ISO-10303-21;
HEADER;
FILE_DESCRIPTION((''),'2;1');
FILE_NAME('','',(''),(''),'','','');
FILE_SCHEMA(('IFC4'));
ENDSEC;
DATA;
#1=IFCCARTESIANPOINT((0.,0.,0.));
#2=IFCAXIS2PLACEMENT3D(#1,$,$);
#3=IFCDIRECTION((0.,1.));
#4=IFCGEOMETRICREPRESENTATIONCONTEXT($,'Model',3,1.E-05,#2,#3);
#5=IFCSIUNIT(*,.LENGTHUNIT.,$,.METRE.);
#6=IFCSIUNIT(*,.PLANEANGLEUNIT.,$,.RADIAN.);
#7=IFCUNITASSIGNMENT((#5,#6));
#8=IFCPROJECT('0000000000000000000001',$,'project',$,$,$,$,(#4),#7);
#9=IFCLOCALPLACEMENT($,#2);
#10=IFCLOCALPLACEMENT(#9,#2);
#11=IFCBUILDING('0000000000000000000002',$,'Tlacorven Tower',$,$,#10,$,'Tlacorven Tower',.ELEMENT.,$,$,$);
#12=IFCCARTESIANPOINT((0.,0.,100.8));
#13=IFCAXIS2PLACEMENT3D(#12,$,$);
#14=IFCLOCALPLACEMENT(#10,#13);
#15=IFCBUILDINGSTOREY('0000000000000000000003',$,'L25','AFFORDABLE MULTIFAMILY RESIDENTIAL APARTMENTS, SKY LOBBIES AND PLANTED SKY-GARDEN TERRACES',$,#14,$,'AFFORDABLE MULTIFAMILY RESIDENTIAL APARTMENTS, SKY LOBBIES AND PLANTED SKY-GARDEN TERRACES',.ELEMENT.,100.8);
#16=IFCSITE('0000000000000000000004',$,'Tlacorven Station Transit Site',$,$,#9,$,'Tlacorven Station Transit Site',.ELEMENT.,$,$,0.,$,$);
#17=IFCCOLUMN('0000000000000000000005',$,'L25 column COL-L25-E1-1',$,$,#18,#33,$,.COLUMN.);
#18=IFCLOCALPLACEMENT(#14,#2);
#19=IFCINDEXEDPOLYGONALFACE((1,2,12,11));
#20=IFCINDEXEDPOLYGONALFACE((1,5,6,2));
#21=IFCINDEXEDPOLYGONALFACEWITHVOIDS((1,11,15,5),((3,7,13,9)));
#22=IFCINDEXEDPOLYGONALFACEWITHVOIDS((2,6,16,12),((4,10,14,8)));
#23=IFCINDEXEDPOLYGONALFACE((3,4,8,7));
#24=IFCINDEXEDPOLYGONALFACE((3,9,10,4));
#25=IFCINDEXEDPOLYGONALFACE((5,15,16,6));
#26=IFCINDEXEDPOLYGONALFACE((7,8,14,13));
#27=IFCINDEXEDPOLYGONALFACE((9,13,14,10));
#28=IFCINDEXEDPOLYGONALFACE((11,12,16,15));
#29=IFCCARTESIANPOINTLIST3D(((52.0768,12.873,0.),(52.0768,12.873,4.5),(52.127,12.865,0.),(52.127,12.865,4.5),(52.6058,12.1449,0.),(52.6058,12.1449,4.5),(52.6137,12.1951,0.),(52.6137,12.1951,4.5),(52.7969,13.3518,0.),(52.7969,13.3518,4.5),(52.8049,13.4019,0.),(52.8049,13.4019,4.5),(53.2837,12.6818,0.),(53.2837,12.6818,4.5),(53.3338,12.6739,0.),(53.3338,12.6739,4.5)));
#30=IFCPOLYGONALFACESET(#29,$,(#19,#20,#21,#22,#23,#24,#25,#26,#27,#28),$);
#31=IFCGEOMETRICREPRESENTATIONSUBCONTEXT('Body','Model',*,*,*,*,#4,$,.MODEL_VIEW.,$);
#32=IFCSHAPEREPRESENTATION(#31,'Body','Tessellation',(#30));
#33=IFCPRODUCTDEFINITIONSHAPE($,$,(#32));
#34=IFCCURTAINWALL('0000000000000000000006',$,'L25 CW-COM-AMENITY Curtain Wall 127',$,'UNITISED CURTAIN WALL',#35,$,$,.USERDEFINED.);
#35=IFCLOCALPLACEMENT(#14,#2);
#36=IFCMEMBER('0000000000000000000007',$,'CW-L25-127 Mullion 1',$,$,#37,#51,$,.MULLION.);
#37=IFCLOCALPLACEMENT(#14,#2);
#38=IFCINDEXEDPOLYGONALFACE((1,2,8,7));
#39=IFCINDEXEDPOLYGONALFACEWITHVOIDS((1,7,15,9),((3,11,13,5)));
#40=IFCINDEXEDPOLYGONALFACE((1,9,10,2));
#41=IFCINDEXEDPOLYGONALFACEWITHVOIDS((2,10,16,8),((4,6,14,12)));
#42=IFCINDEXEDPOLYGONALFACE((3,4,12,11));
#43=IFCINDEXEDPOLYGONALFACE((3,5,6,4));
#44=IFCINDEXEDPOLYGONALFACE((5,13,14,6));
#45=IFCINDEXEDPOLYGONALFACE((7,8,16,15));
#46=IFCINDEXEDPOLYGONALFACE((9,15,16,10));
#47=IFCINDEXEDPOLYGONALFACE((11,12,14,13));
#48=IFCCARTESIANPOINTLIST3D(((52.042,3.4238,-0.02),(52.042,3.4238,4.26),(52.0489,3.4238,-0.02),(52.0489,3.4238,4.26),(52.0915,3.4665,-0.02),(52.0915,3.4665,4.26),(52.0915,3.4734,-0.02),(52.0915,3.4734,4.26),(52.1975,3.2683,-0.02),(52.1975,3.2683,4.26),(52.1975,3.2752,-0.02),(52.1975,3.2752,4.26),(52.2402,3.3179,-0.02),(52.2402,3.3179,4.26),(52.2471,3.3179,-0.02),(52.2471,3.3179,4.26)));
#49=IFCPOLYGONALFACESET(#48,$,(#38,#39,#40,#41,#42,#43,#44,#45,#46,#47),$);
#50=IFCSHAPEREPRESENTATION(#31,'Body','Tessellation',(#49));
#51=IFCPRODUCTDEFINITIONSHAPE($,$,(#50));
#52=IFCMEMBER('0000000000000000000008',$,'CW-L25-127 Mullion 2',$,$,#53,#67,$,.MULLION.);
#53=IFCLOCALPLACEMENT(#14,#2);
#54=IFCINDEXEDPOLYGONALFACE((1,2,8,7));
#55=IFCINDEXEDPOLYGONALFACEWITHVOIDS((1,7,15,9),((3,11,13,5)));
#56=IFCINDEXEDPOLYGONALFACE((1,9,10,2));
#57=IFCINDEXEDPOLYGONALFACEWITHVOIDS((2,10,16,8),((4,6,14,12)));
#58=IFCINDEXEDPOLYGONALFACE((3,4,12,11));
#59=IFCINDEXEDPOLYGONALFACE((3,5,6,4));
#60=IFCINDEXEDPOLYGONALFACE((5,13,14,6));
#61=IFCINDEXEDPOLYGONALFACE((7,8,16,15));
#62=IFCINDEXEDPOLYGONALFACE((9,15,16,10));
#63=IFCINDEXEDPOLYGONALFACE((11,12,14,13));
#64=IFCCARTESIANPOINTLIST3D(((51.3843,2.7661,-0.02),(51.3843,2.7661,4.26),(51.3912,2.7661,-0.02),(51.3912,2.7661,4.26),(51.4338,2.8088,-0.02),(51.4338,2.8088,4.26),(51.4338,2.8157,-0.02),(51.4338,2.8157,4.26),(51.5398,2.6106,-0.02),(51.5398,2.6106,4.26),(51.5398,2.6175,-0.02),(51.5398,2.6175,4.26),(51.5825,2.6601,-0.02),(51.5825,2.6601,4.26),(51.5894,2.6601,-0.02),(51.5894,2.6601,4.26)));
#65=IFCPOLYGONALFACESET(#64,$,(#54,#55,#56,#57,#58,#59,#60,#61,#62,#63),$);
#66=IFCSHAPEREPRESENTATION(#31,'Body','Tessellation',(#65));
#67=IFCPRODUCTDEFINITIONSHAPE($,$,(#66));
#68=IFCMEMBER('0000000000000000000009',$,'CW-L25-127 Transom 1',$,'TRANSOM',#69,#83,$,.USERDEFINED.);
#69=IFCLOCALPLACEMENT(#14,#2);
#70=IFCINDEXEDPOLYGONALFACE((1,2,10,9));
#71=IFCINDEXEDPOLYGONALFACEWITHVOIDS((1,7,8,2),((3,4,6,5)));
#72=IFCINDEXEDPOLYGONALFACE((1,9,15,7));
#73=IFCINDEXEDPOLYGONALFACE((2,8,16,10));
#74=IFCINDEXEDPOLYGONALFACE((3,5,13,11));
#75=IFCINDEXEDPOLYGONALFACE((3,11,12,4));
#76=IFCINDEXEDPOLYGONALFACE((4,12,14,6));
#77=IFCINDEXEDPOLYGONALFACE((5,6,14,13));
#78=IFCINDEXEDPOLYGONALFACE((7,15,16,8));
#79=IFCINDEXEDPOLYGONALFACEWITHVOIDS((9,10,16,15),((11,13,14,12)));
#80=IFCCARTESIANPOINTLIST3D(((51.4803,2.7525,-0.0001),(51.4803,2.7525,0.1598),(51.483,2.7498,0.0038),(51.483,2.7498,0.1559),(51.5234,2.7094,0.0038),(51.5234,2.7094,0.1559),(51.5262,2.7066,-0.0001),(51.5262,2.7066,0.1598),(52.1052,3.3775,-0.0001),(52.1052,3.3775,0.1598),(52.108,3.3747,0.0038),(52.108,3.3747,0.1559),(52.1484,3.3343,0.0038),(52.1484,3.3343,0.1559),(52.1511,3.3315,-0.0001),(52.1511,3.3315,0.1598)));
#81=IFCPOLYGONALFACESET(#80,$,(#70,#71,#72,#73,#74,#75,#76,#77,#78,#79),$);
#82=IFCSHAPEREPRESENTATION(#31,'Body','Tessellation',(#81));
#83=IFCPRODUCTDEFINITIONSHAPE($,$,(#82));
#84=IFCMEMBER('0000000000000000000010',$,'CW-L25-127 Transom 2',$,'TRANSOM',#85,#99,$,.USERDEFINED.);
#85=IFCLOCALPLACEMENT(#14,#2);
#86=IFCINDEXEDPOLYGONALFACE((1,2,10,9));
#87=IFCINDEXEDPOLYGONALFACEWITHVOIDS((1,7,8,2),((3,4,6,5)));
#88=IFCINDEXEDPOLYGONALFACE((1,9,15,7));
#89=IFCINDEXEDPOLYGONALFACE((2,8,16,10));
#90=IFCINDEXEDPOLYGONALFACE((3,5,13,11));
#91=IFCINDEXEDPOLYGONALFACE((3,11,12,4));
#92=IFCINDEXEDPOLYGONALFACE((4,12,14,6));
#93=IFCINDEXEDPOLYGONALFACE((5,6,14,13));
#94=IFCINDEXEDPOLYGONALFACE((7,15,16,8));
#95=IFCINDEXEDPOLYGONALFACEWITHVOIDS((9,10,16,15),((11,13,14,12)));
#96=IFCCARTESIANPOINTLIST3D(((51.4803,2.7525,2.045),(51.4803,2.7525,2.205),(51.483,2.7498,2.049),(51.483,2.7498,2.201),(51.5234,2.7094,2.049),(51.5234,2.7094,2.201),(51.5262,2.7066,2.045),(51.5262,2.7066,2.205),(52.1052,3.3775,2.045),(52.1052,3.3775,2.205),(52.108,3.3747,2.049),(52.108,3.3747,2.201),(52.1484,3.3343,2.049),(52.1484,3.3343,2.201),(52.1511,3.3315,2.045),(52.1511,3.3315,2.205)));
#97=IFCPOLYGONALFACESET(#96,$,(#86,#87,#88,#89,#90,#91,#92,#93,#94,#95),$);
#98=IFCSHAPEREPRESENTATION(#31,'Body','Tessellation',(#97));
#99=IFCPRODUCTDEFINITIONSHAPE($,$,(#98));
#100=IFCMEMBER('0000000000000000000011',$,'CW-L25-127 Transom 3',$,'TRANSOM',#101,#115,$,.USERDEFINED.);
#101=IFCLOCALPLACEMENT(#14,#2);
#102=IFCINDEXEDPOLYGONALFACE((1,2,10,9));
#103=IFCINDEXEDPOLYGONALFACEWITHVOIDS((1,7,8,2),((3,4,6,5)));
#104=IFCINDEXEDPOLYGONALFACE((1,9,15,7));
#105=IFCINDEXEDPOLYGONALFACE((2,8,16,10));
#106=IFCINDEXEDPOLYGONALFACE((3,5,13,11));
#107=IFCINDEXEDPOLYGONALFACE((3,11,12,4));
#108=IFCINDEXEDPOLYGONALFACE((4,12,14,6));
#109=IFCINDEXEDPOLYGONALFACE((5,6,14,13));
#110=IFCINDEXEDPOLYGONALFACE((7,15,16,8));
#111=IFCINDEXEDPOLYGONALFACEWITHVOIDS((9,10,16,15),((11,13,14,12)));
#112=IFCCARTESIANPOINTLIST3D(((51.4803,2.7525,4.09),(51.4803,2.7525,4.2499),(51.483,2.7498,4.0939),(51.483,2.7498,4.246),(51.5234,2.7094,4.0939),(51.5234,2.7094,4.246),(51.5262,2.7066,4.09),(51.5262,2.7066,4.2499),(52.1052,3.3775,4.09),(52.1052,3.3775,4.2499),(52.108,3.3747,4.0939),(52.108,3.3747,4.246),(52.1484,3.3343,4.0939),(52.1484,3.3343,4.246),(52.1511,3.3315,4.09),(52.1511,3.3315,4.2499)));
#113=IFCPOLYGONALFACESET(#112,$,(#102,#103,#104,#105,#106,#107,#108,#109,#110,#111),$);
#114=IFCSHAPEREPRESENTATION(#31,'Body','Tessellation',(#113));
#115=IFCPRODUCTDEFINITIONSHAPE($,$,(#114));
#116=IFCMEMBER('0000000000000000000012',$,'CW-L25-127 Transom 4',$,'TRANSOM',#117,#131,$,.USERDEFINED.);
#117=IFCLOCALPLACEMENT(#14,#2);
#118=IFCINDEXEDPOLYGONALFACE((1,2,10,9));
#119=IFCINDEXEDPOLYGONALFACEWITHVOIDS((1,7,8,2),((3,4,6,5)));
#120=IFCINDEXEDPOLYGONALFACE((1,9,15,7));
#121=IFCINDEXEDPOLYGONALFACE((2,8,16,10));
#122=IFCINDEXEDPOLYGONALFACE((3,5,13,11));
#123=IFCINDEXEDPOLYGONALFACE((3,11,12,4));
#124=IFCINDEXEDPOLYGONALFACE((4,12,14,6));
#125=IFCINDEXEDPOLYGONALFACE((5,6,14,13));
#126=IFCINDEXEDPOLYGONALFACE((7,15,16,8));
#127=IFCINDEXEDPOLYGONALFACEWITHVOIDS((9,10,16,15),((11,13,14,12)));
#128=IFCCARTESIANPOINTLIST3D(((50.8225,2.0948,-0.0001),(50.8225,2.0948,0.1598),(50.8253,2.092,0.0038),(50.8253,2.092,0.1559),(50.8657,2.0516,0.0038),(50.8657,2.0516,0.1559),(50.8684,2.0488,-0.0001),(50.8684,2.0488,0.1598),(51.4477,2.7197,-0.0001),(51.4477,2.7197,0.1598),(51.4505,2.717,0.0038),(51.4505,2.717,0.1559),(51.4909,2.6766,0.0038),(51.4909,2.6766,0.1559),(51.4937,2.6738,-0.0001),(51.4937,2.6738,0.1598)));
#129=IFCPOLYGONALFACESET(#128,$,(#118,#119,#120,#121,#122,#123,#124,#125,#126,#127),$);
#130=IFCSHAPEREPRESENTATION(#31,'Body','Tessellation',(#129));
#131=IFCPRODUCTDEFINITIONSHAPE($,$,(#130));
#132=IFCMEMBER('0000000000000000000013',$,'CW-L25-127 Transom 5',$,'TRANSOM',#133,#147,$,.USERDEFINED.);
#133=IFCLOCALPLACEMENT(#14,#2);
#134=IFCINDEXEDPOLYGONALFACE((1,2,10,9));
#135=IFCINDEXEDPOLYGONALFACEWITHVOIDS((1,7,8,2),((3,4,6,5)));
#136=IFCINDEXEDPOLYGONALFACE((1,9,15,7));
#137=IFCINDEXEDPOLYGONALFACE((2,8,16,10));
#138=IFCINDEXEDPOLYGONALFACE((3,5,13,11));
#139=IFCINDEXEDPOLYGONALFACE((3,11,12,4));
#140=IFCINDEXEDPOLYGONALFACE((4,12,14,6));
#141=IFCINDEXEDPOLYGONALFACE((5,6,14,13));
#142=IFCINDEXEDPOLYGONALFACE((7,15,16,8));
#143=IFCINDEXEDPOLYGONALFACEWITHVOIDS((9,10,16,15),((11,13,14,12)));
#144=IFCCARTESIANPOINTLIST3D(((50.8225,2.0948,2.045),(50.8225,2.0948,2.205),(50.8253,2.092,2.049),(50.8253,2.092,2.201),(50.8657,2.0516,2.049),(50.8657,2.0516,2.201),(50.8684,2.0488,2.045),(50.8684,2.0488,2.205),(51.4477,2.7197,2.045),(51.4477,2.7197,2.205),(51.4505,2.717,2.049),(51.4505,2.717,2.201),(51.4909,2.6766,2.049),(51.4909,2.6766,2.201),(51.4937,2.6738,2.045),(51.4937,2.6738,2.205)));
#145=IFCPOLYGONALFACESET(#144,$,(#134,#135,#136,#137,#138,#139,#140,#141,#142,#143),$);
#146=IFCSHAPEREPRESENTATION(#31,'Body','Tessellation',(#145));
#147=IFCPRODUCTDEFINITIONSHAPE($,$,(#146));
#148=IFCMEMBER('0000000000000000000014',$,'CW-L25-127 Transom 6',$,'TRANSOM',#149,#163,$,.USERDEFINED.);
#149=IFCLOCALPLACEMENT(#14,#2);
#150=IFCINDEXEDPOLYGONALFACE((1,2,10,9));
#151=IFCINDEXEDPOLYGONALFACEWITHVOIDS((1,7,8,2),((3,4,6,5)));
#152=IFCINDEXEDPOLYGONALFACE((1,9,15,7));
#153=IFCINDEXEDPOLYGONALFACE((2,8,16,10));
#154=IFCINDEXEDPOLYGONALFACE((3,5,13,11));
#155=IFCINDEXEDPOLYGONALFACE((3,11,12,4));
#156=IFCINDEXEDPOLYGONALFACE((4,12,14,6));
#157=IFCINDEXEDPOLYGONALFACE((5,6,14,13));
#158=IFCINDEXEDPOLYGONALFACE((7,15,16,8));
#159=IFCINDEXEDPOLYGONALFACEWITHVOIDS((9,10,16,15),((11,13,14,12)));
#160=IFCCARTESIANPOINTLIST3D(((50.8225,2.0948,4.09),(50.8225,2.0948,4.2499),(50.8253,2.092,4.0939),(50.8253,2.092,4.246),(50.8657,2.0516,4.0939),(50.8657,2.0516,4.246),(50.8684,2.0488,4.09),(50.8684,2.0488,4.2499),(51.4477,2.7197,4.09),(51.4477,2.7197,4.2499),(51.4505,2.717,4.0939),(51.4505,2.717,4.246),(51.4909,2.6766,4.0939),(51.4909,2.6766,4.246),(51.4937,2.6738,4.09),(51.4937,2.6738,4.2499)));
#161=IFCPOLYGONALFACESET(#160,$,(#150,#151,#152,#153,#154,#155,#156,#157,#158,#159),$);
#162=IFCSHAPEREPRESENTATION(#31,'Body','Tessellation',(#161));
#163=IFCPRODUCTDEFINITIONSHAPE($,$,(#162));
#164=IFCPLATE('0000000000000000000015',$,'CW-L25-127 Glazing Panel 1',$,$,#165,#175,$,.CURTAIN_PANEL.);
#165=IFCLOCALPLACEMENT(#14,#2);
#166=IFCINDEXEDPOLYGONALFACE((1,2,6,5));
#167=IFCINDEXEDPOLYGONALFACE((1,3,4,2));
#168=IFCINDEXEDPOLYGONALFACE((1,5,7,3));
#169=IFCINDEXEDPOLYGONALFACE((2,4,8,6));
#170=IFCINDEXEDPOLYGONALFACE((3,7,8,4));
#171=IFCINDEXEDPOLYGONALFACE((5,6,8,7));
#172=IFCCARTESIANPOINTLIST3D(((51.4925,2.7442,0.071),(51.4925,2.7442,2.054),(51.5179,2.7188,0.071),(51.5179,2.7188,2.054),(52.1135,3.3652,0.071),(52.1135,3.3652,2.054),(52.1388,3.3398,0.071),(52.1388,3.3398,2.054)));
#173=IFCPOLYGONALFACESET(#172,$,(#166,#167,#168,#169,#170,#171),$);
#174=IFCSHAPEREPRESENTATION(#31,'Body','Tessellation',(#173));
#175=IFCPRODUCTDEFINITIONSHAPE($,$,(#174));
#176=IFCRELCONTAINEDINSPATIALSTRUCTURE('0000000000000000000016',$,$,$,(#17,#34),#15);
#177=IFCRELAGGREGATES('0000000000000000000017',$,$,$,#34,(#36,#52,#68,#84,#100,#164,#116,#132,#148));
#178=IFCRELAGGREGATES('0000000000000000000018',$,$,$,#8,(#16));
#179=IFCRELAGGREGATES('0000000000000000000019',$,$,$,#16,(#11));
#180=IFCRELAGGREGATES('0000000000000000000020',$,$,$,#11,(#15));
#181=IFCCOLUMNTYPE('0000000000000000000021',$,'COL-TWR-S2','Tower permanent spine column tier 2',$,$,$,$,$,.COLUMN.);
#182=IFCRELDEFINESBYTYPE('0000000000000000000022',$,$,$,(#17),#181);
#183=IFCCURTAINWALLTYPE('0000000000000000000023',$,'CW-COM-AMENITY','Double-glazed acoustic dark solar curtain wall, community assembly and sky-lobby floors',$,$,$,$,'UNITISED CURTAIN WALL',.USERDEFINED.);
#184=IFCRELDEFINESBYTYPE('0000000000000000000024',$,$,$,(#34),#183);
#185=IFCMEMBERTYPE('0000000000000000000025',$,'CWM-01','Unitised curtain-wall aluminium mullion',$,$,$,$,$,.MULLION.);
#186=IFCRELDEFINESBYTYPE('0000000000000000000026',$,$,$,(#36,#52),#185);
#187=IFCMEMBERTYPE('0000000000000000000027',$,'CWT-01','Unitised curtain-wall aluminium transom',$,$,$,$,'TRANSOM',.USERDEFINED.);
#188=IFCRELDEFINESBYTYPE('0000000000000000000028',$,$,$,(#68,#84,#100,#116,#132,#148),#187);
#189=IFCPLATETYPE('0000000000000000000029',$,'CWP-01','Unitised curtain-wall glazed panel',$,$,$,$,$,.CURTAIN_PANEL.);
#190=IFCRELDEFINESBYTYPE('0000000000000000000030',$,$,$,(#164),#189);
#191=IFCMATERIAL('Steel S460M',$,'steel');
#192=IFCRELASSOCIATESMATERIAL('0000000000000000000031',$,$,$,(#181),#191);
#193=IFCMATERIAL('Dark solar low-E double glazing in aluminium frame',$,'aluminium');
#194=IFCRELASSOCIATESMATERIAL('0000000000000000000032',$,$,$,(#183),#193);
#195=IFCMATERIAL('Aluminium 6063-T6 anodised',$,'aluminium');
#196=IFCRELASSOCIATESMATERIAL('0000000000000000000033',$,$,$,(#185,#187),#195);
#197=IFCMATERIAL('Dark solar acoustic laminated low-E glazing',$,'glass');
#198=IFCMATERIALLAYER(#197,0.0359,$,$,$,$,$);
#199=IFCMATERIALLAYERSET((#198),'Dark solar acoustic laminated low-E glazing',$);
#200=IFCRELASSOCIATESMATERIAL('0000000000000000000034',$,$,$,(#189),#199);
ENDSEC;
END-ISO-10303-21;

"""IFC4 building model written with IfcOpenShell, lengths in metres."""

from ifc_helpers import new_model, si_unit, direction, frame, origin, origin_2d, place, context, subcontext, project, spatial, rectangle, hollow_rectangle, extrude, source, transform, mapped, material, layer, layer_set, material_profile, profile_set, type_object, element, aggregate, save


model = new_model("IFC4")

# Units and contexts
model_context = context("Model", 3, precision=1e-05, world=origin(), true_north=direction((0.0, 1.0)))
body_context = subcontext(model_context, "Body", "Model", "MODEL_VIEW")
ifc_project = project(units=[si_unit("LENGTHUNIT", "METRE"), si_unit("PLANEANGLEUNIT", "RADIAN")], contexts=[model_context])

# Site, building, storey
site_placement = place(None, origin())
site = spatial("IfcSite", under=ifc_project, at=site_placement, Name="Tlacorven Station Transit Site", LongName="Tlacorven Station Transit Site", CompositionType="ELEMENT", RefElevation=0.0)
building_placement = place(site_placement, origin())
building = spatial("IfcBuilding", under=site, at=building_placement, Name="Tlacorven Tower", LongName="Tlacorven Tower", CompositionType="ELEMENT")
storey_placement = place(building_placement, frame((0.0, 0.0, 100.8)))
storey = spatial("IfcBuildingStorey", under=building, at=storey_placement, Name="L25", Description="AFFORDABLE MULTIFAMILY RESIDENTIAL APARTMENTS, SKY LOBBIES AND PLANTED SKY-GARDEN TERRACES", LongName="AFFORDABLE MULTIFAMILY RESIDENTIAL APARTMENTS, SKY LOBBIES AND PLANTED SKY-GARDEN TERRACES", CompositionType="ELEMENT", Elevation=100.8)

# Column
ifc_material_1 = material(Name="Steel S460M", Category="steel")
ifc_material_profile_1 = material_profile(ifc_material_1, hollow_rectangle(XDim=0.8999, YDim=0.8999, WallThickness=0.0359, at=origin_2d()), Name="BOX 900X900X36")
ifc_profile_set_1 = profile_set([ifc_material_profile_1], Name="Steel S460M")
column_type = type_object("IfcColumnType", Name="COL-TWR-S2", Description="Tower permanent spine column tier 2", PredefinedType="COLUMN", material=ifc_profile_set_1)
shared_shape_1 = source(origin(), body_context, "Body", "SweptSolid", [
    extrude(hollow_rectangle(XDim=0.8999, YDim=0.8999, WallThickness=0.0359, at=origin_2d()), origin(), (0.0, 0.0, 1.0), 4.5),
])
column_placement = place(storey_placement, frame((52.7053, 12.7734, 0.0), z_axis=(0.0, 0.0, 1.0), x_axis=(0.809017, 0.587785, 0.0)))
element("IfcColumn", 1, at=column_placement, inside=storey, type_object=column_type, Name="L25 column COL-L25-E1-1", PredefinedType="COLUMN", context=body_context, shape_type="MappedRepresentation", body=[
    mapped(shared_shape_1, transform((0.0, 0.0, 0.0), scale=1.0)),
])

# Curtain wall, members, plate
ifc_material_2 = material(Name="Dark solar low-E double glazing in aluminium frame", Category="aluminium")
curtain_wall_type = type_object("IfcCurtainWallType", Name="CW-COM-AMENITY", Description="Double-glazed acoustic dark solar curtain wall, community assembly and sky-lobby floors", ElementType="UNITISED CURTAIN WALL", PredefinedType="USERDEFINED", material=ifc_material_2)
curtain_wall_placement = place(storey_placement, origin())
curtain_wall = element("IfcCurtainWall", 2, at=curtain_wall_placement, inside=storey, type_object=curtain_wall_type, Name="L25 CW-COM-AMENITY Curtain Wall 127", ObjectType="UNITISED CURTAIN WALL", PredefinedType="USERDEFINED")
ifc_material_3 = material(Name="Aluminium 6063-T6 anodised", Category="aluminium")
ifc_material_profile_2 = material_profile(ifc_material_3, hollow_rectangle(XDim=0.0701, YDim=0.22, WallThickness=0.0049, at=origin_2d()), Name="ALU MULLION 70X220")
ifc_profile_set_2 = profile_set([ifc_material_profile_2], Name="Aluminium 6063-T6 anodised")
member_type_1 = type_object("IfcMemberType", Name="CWM-01", Description="Unitised curtain-wall aluminium mullion", PredefinedType="MULLION", material=ifc_profile_set_2)
shared_shape_2 = source(origin(), body_context, "Body", "SweptSolid", [
    extrude(hollow_rectangle(XDim=0.0701, YDim=0.22, WallThickness=0.0049, at=origin_2d()), origin(), (0.0, 0.0, 1.0), 4.28),
])
member_1_placement = place(storey_placement, frame((52.1445, 3.3708, -0.02), z_axis=(0.0, 0.0, 1.0), x_axis=(-0.707107, -0.707107, 0.0)))
member_1 = element("IfcMember", 3, at=member_1_placement, type_object=member_type_1, Name="CW-L25-127 Mullion 1", PredefinedType="MULLION", context=body_context, shape_type="MappedRepresentation", body=[
    mapped(shared_shape_2, transform((0.0, 0.0, 0.0), scale=1.0)),
])
member_2_placement = place(storey_placement, frame((51.4868, 2.7131, -0.02), z_axis=(0.0, 0.0, 1.0), x_axis=(-0.707107, -0.707107, 0.0)))
member_2 = element("IfcMember", 4, at=member_2_placement, type_object=member_type_1, Name="CW-L25-127 Mullion 2", PredefinedType="MULLION", context=body_context, shape_type="MappedRepresentation", body=[
    mapped(shared_shape_2, transform((0.0, 0.0, 0.0), scale=1.0)),
])
ifc_material_profile_3 = material_profile(ifc_material_3, hollow_rectangle(XDim=0.0649, YDim=0.1599, WallThickness=0.0039, at=origin_2d()), Name="ALU TRANSOM 65X160")
ifc_profile_set_3 = profile_set([ifc_material_profile_3], Name="Aluminium 6063-T6 anodised")
member_type_2 = type_object("IfcMemberType", Name="CWT-01", Description="Unitised curtain-wall aluminium transom", ElementType="TRANSOM", PredefinedType="USERDEFINED", material=ifc_profile_set_3)
shared_shape_3 = source(origin(), body_context, "Body", "SweptSolid", [
    extrude(hollow_rectangle(XDim=0.0649, YDim=0.1599, WallThickness=0.0039, at=origin_2d()), origin(), (0.0, 0.0, 1.0), 0.8838),
])
member_3_placement = place(storey_placement, frame((52.1282, 3.3545, 0.0798), z_axis=(-0.707107, -0.707107, 0.0), x_axis=(0.707107, -0.707107, 0.0)))
member_3 = element("IfcMember", 5, at=member_3_placement, type_object=member_type_2, Name="CW-L25-127 Transom 1", ObjectType="TRANSOM", PredefinedType="USERDEFINED", context=body_context, shape_type="MappedRepresentation", body=[
    mapped(shared_shape_3, transform((0.0, 0.0, 0.0), scale=1.0)),
])
member_4_placement = place(storey_placement, frame((52.1282, 3.3545, 2.125), z_axis=(-0.707107, -0.707107, 0.0), x_axis=(0.707107, -0.707107, 0.0)))
member_4 = element("IfcMember", 6, at=member_4_placement, type_object=member_type_2, Name="CW-L25-127 Transom 2", ObjectType="TRANSOM", PredefinedType="USERDEFINED", context=body_context, shape_type="MappedRepresentation", body=[
    mapped(shared_shape_3, transform((0.0, 0.0, 0.0), scale=1.0)),
])
member_5_placement = place(storey_placement, frame((52.1282, 3.3545, 4.1699), z_axis=(-0.707107, -0.707107, 0.0), x_axis=(0.707107, -0.707107, 0.0)))
member_5 = element("IfcMember", 7, at=member_5_placement, type_object=member_type_2, Name="CW-L25-127 Transom 3", ObjectType="TRANSOM", PredefinedType="USERDEFINED", context=body_context, shape_type="MappedRepresentation", body=[
    mapped(shared_shape_3, transform((0.0, 0.0, 0.0), scale=1.0)),
])
shared_shape_4 = source(origin(), body_context, "Body", "SweptSolid", [
    extrude(hollow_rectangle(XDim=0.0649, YDim=0.1599, WallThickness=0.0039, at=origin_2d()), origin(), (0.0, 0.0, 1.0), 0.884),
])
member_6_placement = place(storey_placement, frame((51.4707, 2.6968, 0.0798), z_axis=(-0.707245, -0.706969, 0.0), x_axis=(0.706969, -0.707245, 0.0)))
member_6 = element("IfcMember", 8, at=member_6_placement, type_object=member_type_2, Name="CW-L25-127 Transom 4", ObjectType="TRANSOM", PredefinedType="USERDEFINED", context=body_context, shape_type="MappedRepresentation", body=[
    mapped(shared_shape_4, transform((0.0, 0.0, 0.0), scale=1.0)),
])
member_7_placement = place(storey_placement, frame((51.4707, 2.6968, 2.125), z_axis=(-0.707245, -0.706969, 0.0), x_axis=(0.706969, -0.707245, 0.0)))
member_7 = element("IfcMember", 9, at=member_7_placement, type_object=member_type_2, Name="CW-L25-127 Transom 5", ObjectType="TRANSOM", PredefinedType="USERDEFINED", context=body_context, shape_type="MappedRepresentation", body=[
    mapped(shared_shape_4, transform((0.0, 0.0, 0.0), scale=1.0)),
])
member_8_placement = place(storey_placement, frame((51.4707, 2.6968, 4.1699), z_axis=(-0.707245, -0.706969, 0.0), x_axis=(0.706969, -0.707245, 0.0)))
member_8 = element("IfcMember", 10, at=member_8_placement, type_object=member_type_2, Name="CW-L25-127 Transom 6", ObjectType="TRANSOM", PredefinedType="USERDEFINED", context=body_context, shape_type="MappedRepresentation", body=[
    mapped(shared_shape_4, transform((0.0, 0.0, 0.0), scale=1.0)),
])
ifc_material_4 = material(Name="Dark solar acoustic laminated low-E glazing", Category="glass")
ifc_layer_1 = layer(ifc_material_4, 0.0359)
ifc_layer_set_1 = layer_set([ifc_layer_1], Name="Dark solar acoustic laminated low-E glazing")
plate_type = type_object("IfcPlateType", Name="CWP-01", Description="Unitised curtain-wall glazed panel", PredefinedType="CURTAIN_PANEL", material=ifc_layer_set_1)
shared_shape_5 = source(origin(), body_context, "Body", "SweptSolid", [
    extrude(rectangle(XDim=0.8782, YDim=0.0359, at=origin_2d()), origin(), (0.0, 0.0, 1.0), 1.9829),
])
plate_1_placement = place(storey_placement, frame((51.8157, 3.042, 0.071), z_axis=(0.0, 0.0, 1.0), x_axis=(-0.707107, -0.707107, 0.0)))
plate_1 = element("IfcPlate", 11, at=plate_1_placement, type_object=plate_type, Name="CW-L25-127 Glazing Panel 1", PredefinedType="CURTAIN_PANEL", context=body_context, shape_type="MappedRepresentation", body=[
    mapped(shared_shape_5, transform((0.0, 0.0, 0.0), scale=1.0)),
])
aggregate(curtain_wall, [member_1, member_2, member_3, member_4, member_5, plate_1, member_6, member_7, member_8])

save(model, "model.ifc")
